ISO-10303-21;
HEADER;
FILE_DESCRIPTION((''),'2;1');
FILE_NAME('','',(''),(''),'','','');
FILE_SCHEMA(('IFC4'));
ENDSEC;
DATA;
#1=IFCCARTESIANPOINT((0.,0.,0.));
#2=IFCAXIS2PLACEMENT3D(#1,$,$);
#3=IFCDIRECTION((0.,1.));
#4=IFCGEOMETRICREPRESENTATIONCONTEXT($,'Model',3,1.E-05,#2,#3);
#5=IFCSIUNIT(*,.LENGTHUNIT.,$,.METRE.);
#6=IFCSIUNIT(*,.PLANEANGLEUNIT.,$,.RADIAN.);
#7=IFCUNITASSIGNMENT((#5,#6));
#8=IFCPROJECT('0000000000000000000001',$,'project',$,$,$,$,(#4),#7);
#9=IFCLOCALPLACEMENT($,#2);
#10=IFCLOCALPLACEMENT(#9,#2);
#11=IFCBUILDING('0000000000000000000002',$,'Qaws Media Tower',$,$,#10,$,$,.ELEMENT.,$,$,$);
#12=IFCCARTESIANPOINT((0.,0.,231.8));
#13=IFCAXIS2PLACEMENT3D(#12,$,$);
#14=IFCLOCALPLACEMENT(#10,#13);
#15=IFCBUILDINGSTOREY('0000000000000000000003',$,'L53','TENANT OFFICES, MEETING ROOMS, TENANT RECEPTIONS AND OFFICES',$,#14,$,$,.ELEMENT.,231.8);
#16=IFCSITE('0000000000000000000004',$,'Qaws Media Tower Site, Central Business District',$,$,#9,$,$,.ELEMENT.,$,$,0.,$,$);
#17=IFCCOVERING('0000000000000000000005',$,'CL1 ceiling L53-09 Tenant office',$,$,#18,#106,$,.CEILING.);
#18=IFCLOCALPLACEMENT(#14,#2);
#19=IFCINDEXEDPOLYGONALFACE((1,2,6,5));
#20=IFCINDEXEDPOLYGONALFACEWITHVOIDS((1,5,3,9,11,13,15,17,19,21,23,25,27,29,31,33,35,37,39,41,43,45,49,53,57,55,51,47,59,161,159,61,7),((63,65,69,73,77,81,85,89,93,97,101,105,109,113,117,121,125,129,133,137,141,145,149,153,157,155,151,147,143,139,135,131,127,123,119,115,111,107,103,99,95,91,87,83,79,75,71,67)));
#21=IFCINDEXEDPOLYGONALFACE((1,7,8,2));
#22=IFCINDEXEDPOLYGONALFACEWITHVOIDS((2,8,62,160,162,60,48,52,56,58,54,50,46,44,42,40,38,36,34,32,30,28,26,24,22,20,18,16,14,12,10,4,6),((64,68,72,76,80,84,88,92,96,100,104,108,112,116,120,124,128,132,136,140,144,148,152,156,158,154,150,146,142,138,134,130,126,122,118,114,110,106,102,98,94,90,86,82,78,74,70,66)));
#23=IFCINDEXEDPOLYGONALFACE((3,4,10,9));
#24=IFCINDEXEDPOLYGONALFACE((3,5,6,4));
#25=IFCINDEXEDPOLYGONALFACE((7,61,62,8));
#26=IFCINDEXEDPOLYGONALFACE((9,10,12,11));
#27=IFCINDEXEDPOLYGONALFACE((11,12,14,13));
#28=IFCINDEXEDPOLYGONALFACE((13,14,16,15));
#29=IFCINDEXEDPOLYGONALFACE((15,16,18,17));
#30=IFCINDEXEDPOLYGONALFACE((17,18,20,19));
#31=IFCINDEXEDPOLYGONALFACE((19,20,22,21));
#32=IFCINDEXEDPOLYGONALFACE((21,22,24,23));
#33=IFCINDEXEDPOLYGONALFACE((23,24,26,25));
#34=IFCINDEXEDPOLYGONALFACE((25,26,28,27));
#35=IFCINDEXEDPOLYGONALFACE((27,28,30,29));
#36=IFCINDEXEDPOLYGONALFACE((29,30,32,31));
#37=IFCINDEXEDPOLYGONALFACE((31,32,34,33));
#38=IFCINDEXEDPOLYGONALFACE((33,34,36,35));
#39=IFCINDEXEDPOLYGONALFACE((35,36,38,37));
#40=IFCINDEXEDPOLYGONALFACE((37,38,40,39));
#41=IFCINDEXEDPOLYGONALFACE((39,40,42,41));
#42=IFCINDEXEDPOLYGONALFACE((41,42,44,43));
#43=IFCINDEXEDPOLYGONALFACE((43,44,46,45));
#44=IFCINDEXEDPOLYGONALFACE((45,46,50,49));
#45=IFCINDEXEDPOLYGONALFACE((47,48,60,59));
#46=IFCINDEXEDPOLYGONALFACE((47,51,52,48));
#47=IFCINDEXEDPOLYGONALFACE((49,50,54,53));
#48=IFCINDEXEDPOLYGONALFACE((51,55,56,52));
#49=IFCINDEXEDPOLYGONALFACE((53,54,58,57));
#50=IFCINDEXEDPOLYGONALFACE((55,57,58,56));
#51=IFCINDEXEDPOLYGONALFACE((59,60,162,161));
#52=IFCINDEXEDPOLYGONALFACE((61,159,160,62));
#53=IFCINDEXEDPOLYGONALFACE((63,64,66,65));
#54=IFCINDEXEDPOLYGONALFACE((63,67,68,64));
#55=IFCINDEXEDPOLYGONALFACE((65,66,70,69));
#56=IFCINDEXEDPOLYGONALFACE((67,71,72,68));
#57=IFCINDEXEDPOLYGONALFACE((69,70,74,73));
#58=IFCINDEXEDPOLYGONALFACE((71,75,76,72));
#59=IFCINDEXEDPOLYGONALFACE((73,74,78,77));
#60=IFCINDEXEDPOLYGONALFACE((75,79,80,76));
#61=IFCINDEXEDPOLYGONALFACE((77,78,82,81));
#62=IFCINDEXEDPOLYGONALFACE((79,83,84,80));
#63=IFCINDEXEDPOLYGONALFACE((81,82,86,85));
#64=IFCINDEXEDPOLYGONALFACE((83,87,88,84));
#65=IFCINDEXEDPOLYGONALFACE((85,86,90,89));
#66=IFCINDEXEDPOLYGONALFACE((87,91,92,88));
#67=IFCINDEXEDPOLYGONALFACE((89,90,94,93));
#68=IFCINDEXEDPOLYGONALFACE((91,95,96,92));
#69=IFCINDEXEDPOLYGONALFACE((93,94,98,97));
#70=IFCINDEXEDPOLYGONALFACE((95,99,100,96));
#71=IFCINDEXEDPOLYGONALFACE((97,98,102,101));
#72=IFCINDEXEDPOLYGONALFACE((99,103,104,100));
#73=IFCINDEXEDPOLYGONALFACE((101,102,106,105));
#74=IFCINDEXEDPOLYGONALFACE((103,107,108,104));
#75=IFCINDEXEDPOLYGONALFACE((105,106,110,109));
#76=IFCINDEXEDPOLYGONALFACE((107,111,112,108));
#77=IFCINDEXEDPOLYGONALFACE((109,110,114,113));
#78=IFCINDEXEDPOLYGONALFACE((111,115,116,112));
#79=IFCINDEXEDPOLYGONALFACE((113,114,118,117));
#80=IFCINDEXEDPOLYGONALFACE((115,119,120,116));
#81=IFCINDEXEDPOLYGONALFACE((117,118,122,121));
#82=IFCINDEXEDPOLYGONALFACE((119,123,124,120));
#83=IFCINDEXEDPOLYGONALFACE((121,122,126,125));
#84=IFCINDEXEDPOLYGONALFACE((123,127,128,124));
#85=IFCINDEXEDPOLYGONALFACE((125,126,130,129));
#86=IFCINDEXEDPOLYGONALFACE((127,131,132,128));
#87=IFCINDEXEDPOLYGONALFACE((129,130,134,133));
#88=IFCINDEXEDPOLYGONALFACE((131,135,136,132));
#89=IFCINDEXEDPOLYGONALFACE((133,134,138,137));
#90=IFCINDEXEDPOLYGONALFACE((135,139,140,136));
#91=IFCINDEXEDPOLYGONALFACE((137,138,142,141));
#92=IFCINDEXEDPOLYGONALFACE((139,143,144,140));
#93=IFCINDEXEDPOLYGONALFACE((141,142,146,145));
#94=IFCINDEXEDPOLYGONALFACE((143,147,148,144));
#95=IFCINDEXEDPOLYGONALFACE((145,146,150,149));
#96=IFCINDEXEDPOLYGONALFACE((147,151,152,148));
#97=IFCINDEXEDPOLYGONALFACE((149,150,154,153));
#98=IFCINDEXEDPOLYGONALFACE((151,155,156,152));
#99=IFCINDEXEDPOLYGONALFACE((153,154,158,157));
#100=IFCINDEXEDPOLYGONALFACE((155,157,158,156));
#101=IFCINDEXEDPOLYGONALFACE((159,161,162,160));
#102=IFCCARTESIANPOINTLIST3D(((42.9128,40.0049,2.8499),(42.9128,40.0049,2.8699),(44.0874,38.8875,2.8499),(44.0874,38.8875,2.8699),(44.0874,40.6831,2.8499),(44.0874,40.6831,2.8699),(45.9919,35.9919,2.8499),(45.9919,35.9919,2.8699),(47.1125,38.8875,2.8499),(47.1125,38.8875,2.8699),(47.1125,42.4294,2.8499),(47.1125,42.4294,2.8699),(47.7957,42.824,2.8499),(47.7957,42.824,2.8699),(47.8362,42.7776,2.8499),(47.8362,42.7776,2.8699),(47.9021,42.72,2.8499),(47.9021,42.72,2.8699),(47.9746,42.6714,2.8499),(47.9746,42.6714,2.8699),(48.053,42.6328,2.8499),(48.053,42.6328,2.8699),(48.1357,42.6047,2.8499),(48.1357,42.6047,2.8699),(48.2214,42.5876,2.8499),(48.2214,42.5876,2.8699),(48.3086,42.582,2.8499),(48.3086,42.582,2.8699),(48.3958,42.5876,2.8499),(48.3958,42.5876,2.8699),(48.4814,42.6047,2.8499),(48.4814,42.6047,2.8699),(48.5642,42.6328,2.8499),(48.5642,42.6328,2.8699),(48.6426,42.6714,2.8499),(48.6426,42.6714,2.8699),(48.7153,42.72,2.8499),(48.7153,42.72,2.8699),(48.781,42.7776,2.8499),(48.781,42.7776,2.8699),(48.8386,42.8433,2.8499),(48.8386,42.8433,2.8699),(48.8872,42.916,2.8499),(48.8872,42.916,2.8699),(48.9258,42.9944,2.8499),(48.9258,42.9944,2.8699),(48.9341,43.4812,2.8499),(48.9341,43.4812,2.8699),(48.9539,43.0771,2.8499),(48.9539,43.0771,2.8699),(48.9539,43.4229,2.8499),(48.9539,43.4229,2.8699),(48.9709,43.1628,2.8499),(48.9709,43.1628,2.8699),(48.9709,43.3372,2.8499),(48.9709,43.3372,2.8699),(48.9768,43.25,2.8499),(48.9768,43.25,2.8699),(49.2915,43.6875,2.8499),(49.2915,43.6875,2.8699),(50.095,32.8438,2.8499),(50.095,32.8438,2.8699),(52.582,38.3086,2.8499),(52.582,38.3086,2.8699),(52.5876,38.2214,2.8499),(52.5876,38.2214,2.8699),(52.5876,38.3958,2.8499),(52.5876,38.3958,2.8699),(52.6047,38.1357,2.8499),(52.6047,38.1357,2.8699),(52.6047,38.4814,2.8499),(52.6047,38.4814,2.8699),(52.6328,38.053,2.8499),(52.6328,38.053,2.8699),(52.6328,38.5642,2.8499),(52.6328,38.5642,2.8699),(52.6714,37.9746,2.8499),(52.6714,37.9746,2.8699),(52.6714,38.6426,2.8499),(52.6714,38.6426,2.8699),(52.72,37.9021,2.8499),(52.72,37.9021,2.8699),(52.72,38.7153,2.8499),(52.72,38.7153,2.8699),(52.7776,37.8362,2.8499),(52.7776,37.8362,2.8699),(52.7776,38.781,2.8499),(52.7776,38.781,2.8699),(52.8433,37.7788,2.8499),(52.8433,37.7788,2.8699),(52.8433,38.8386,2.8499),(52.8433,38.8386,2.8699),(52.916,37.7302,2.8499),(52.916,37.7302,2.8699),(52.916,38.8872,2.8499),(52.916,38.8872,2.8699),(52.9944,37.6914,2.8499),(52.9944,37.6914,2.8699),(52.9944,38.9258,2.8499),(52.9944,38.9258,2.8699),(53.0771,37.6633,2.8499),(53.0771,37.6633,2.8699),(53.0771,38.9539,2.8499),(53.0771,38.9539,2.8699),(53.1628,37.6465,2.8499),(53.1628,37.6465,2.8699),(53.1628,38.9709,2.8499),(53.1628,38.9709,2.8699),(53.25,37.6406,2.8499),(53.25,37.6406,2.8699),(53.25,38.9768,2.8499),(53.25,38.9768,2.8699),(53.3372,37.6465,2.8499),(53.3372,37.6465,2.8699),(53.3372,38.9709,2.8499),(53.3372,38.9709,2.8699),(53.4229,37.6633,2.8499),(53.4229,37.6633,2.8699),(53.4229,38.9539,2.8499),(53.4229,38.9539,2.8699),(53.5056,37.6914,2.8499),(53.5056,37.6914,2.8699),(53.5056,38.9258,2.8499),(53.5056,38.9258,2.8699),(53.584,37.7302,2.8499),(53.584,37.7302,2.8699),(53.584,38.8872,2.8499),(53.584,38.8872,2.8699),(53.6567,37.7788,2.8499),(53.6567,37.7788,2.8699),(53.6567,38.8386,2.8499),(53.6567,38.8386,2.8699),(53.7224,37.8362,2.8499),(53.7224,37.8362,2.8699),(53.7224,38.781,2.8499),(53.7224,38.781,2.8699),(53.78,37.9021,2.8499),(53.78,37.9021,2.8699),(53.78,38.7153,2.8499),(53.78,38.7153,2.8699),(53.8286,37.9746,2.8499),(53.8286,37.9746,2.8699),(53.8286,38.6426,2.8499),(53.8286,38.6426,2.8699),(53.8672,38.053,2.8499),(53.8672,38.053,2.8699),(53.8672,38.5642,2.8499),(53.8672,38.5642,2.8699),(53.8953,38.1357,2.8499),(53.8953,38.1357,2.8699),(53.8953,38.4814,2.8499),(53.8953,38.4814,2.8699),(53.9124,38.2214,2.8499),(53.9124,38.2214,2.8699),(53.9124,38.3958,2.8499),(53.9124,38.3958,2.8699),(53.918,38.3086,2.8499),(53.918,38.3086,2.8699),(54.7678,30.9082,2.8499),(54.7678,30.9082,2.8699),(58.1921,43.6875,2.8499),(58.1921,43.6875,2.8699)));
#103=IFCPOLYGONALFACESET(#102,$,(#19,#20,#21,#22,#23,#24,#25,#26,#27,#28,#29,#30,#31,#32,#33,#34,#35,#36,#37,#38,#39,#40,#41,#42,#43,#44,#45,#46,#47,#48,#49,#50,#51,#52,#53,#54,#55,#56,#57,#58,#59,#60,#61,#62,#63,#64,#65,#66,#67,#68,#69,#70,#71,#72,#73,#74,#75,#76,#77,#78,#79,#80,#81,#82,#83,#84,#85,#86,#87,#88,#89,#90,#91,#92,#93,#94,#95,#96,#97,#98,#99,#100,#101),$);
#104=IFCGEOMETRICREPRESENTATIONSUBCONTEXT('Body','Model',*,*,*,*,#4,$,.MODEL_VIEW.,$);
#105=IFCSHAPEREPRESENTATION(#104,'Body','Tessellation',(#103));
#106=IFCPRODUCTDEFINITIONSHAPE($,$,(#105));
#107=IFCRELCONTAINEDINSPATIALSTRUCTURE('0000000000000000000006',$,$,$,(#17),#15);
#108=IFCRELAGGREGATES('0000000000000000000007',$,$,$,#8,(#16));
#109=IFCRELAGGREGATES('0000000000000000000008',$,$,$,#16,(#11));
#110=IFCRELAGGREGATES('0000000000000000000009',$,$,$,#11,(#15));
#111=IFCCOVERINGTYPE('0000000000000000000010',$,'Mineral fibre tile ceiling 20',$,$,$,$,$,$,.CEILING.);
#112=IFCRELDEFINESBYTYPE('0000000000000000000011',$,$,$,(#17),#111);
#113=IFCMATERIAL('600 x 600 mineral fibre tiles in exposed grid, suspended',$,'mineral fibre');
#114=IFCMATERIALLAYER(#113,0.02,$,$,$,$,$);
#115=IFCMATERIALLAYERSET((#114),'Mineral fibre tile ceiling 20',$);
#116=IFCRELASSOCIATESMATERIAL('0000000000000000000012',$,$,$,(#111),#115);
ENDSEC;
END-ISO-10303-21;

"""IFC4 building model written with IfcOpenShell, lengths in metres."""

from ifc_helpers import new_model, si_unit, direction, frame, origin, place, context, subcontext, project, spatial, polyline, outline, extrude, material, layer, layer_set, type_object, element, save


model = new_model("IFC4")

# Units and contexts
model_context = context("Model", 3, precision=1e-05, world=origin(), true_north=direction((0.0, 1.0)))
body_context = subcontext(model_context, "Body", "Model", "MODEL_VIEW")
ifc_project = project(units=[si_unit("LENGTHUNIT", "METRE"), si_unit("PLANEANGLEUNIT", "RADIAN")], contexts=[model_context])

# Site, building, storey
site_placement = place(None, origin())
site = spatial("IfcSite", under=ifc_project, at=site_placement, Name="Qaws Media Tower Site, Central Business District", CompositionType="ELEMENT", RefElevation=0.0)
building_placement = place(site_placement, origin())
building = spatial("IfcBuilding", under=site, at=building_placement, Name="Qaws Media Tower", CompositionType="ELEMENT")
storey_placement = place(building_placement, frame((0.0, 0.0, 231.8)))
storey = spatial("IfcBuildingStorey", under=building, at=storey_placement, Name="L53", Description="TENANT OFFICES, MEETING ROOMS, TENANT RECEPTIONS AND OFFICES", CompositionType="ELEMENT", Elevation=231.8)

# Covering
ifc_material_1 = material(Name="600 x 600 mineral fibre tiles in exposed grid, suspended", Category="mineral fibre")
ifc_layer_1 = layer(ifc_material_1, 0.02)
ifc_layer_set_1 = layer_set([ifc_layer_1], Name="Mineral fibre tile ceiling 20")
covering_type_1 = type_object("IfcCoveringType", Name="Mineral fibre tile ceiling 20", PredefinedType="CEILING", material=ifc_layer_set_1)
covering_1_placement = place(storey_placement, frame((0.0, 0.0, 2.8499)))
element("IfcCovering", 1, at=covering_1_placement, inside=storey, type_object=covering_type_1, Name="CL1 ceiling L53-09 Tenant office", PredefinedType="CEILING", context=body_context, shape_type="SweptSolid", body=[
    extrude(outline(polyline([(50.095, 32.8438), (45.9919, 35.9919), (42.9128, 40.0049), (44.0874, 40.6831), (44.0874, 38.8875), (47.1125, 38.8875), (47.1125, 42.4294), (47.7957, 42.824), (47.8362, 42.7776), (47.9021, 42.72), (47.9746, 42.6714), (48.053, 42.6328), (48.1357, 42.6047), (48.2214, 42.5876), (48.3086, 42.582), (48.3958, 42.5876), (48.4814, 42.6047), (48.5642, 42.6328), (48.6426, 42.6714), (48.7153, 42.72), (48.781, 42.7776), (48.8386, 42.8433), (48.8872, 42.916), (48.9258, 42.9944), (48.9539, 43.0771), (48.9709, 43.1628), (48.9768, 43.25), (48.9709, 43.3372), (48.9539, 43.4229), (48.9341, 43.4812), (49.2915, 43.6875), (58.1921, 43.6875), (54.7678, 30.9082), (50.095, 32.8438)]), holes=[polyline([(53.8953, 38.1357), (53.9124, 38.2214), (53.918, 38.3086), (53.9124, 38.3958), (53.8953, 38.4814), (53.8672, 38.5642), (53.8286, 38.6426), (53.78, 38.7153), (53.7224, 38.781), (53.6567, 38.8386), (53.584, 38.8872), (53.5056, 38.9258), (53.4229, 38.9539), (53.3372, 38.9709), (53.25, 38.9768), (53.1628, 38.9709), (53.0771, 38.9539), (52.9944, 38.9258), (52.916, 38.8872), (52.8433, 38.8386), (52.7776, 38.781), (52.72, 38.7153), (52.6714, 38.6426), (52.6328, 38.5642), (52.6047, 38.4814), (52.5876, 38.3958), (52.582, 38.3086), (52.5876, 38.2214), (52.6047, 38.1357), (52.6328, 38.053), (52.6714, 37.9746), (52.72, 37.9021), (52.7776, 37.8362), (52.8433, 37.7788), (52.916, 37.7302), (52.9944, 37.6914), (53.0771, 37.6633), (53.1628, 37.6465), (53.25, 37.6406), (53.3372, 37.6465), (53.4229, 37.6633), (53.5056, 37.6914), (53.584, 37.7302), (53.6567, 37.7788), (53.7224, 37.8362), (53.78, 37.9021), (53.8286, 37.9746), (53.8672, 38.053), (53.8953, 38.1357)])]), origin(), (0.0, 0.0, 1.0), 0.02),
])

save(model, "model.ifc")
